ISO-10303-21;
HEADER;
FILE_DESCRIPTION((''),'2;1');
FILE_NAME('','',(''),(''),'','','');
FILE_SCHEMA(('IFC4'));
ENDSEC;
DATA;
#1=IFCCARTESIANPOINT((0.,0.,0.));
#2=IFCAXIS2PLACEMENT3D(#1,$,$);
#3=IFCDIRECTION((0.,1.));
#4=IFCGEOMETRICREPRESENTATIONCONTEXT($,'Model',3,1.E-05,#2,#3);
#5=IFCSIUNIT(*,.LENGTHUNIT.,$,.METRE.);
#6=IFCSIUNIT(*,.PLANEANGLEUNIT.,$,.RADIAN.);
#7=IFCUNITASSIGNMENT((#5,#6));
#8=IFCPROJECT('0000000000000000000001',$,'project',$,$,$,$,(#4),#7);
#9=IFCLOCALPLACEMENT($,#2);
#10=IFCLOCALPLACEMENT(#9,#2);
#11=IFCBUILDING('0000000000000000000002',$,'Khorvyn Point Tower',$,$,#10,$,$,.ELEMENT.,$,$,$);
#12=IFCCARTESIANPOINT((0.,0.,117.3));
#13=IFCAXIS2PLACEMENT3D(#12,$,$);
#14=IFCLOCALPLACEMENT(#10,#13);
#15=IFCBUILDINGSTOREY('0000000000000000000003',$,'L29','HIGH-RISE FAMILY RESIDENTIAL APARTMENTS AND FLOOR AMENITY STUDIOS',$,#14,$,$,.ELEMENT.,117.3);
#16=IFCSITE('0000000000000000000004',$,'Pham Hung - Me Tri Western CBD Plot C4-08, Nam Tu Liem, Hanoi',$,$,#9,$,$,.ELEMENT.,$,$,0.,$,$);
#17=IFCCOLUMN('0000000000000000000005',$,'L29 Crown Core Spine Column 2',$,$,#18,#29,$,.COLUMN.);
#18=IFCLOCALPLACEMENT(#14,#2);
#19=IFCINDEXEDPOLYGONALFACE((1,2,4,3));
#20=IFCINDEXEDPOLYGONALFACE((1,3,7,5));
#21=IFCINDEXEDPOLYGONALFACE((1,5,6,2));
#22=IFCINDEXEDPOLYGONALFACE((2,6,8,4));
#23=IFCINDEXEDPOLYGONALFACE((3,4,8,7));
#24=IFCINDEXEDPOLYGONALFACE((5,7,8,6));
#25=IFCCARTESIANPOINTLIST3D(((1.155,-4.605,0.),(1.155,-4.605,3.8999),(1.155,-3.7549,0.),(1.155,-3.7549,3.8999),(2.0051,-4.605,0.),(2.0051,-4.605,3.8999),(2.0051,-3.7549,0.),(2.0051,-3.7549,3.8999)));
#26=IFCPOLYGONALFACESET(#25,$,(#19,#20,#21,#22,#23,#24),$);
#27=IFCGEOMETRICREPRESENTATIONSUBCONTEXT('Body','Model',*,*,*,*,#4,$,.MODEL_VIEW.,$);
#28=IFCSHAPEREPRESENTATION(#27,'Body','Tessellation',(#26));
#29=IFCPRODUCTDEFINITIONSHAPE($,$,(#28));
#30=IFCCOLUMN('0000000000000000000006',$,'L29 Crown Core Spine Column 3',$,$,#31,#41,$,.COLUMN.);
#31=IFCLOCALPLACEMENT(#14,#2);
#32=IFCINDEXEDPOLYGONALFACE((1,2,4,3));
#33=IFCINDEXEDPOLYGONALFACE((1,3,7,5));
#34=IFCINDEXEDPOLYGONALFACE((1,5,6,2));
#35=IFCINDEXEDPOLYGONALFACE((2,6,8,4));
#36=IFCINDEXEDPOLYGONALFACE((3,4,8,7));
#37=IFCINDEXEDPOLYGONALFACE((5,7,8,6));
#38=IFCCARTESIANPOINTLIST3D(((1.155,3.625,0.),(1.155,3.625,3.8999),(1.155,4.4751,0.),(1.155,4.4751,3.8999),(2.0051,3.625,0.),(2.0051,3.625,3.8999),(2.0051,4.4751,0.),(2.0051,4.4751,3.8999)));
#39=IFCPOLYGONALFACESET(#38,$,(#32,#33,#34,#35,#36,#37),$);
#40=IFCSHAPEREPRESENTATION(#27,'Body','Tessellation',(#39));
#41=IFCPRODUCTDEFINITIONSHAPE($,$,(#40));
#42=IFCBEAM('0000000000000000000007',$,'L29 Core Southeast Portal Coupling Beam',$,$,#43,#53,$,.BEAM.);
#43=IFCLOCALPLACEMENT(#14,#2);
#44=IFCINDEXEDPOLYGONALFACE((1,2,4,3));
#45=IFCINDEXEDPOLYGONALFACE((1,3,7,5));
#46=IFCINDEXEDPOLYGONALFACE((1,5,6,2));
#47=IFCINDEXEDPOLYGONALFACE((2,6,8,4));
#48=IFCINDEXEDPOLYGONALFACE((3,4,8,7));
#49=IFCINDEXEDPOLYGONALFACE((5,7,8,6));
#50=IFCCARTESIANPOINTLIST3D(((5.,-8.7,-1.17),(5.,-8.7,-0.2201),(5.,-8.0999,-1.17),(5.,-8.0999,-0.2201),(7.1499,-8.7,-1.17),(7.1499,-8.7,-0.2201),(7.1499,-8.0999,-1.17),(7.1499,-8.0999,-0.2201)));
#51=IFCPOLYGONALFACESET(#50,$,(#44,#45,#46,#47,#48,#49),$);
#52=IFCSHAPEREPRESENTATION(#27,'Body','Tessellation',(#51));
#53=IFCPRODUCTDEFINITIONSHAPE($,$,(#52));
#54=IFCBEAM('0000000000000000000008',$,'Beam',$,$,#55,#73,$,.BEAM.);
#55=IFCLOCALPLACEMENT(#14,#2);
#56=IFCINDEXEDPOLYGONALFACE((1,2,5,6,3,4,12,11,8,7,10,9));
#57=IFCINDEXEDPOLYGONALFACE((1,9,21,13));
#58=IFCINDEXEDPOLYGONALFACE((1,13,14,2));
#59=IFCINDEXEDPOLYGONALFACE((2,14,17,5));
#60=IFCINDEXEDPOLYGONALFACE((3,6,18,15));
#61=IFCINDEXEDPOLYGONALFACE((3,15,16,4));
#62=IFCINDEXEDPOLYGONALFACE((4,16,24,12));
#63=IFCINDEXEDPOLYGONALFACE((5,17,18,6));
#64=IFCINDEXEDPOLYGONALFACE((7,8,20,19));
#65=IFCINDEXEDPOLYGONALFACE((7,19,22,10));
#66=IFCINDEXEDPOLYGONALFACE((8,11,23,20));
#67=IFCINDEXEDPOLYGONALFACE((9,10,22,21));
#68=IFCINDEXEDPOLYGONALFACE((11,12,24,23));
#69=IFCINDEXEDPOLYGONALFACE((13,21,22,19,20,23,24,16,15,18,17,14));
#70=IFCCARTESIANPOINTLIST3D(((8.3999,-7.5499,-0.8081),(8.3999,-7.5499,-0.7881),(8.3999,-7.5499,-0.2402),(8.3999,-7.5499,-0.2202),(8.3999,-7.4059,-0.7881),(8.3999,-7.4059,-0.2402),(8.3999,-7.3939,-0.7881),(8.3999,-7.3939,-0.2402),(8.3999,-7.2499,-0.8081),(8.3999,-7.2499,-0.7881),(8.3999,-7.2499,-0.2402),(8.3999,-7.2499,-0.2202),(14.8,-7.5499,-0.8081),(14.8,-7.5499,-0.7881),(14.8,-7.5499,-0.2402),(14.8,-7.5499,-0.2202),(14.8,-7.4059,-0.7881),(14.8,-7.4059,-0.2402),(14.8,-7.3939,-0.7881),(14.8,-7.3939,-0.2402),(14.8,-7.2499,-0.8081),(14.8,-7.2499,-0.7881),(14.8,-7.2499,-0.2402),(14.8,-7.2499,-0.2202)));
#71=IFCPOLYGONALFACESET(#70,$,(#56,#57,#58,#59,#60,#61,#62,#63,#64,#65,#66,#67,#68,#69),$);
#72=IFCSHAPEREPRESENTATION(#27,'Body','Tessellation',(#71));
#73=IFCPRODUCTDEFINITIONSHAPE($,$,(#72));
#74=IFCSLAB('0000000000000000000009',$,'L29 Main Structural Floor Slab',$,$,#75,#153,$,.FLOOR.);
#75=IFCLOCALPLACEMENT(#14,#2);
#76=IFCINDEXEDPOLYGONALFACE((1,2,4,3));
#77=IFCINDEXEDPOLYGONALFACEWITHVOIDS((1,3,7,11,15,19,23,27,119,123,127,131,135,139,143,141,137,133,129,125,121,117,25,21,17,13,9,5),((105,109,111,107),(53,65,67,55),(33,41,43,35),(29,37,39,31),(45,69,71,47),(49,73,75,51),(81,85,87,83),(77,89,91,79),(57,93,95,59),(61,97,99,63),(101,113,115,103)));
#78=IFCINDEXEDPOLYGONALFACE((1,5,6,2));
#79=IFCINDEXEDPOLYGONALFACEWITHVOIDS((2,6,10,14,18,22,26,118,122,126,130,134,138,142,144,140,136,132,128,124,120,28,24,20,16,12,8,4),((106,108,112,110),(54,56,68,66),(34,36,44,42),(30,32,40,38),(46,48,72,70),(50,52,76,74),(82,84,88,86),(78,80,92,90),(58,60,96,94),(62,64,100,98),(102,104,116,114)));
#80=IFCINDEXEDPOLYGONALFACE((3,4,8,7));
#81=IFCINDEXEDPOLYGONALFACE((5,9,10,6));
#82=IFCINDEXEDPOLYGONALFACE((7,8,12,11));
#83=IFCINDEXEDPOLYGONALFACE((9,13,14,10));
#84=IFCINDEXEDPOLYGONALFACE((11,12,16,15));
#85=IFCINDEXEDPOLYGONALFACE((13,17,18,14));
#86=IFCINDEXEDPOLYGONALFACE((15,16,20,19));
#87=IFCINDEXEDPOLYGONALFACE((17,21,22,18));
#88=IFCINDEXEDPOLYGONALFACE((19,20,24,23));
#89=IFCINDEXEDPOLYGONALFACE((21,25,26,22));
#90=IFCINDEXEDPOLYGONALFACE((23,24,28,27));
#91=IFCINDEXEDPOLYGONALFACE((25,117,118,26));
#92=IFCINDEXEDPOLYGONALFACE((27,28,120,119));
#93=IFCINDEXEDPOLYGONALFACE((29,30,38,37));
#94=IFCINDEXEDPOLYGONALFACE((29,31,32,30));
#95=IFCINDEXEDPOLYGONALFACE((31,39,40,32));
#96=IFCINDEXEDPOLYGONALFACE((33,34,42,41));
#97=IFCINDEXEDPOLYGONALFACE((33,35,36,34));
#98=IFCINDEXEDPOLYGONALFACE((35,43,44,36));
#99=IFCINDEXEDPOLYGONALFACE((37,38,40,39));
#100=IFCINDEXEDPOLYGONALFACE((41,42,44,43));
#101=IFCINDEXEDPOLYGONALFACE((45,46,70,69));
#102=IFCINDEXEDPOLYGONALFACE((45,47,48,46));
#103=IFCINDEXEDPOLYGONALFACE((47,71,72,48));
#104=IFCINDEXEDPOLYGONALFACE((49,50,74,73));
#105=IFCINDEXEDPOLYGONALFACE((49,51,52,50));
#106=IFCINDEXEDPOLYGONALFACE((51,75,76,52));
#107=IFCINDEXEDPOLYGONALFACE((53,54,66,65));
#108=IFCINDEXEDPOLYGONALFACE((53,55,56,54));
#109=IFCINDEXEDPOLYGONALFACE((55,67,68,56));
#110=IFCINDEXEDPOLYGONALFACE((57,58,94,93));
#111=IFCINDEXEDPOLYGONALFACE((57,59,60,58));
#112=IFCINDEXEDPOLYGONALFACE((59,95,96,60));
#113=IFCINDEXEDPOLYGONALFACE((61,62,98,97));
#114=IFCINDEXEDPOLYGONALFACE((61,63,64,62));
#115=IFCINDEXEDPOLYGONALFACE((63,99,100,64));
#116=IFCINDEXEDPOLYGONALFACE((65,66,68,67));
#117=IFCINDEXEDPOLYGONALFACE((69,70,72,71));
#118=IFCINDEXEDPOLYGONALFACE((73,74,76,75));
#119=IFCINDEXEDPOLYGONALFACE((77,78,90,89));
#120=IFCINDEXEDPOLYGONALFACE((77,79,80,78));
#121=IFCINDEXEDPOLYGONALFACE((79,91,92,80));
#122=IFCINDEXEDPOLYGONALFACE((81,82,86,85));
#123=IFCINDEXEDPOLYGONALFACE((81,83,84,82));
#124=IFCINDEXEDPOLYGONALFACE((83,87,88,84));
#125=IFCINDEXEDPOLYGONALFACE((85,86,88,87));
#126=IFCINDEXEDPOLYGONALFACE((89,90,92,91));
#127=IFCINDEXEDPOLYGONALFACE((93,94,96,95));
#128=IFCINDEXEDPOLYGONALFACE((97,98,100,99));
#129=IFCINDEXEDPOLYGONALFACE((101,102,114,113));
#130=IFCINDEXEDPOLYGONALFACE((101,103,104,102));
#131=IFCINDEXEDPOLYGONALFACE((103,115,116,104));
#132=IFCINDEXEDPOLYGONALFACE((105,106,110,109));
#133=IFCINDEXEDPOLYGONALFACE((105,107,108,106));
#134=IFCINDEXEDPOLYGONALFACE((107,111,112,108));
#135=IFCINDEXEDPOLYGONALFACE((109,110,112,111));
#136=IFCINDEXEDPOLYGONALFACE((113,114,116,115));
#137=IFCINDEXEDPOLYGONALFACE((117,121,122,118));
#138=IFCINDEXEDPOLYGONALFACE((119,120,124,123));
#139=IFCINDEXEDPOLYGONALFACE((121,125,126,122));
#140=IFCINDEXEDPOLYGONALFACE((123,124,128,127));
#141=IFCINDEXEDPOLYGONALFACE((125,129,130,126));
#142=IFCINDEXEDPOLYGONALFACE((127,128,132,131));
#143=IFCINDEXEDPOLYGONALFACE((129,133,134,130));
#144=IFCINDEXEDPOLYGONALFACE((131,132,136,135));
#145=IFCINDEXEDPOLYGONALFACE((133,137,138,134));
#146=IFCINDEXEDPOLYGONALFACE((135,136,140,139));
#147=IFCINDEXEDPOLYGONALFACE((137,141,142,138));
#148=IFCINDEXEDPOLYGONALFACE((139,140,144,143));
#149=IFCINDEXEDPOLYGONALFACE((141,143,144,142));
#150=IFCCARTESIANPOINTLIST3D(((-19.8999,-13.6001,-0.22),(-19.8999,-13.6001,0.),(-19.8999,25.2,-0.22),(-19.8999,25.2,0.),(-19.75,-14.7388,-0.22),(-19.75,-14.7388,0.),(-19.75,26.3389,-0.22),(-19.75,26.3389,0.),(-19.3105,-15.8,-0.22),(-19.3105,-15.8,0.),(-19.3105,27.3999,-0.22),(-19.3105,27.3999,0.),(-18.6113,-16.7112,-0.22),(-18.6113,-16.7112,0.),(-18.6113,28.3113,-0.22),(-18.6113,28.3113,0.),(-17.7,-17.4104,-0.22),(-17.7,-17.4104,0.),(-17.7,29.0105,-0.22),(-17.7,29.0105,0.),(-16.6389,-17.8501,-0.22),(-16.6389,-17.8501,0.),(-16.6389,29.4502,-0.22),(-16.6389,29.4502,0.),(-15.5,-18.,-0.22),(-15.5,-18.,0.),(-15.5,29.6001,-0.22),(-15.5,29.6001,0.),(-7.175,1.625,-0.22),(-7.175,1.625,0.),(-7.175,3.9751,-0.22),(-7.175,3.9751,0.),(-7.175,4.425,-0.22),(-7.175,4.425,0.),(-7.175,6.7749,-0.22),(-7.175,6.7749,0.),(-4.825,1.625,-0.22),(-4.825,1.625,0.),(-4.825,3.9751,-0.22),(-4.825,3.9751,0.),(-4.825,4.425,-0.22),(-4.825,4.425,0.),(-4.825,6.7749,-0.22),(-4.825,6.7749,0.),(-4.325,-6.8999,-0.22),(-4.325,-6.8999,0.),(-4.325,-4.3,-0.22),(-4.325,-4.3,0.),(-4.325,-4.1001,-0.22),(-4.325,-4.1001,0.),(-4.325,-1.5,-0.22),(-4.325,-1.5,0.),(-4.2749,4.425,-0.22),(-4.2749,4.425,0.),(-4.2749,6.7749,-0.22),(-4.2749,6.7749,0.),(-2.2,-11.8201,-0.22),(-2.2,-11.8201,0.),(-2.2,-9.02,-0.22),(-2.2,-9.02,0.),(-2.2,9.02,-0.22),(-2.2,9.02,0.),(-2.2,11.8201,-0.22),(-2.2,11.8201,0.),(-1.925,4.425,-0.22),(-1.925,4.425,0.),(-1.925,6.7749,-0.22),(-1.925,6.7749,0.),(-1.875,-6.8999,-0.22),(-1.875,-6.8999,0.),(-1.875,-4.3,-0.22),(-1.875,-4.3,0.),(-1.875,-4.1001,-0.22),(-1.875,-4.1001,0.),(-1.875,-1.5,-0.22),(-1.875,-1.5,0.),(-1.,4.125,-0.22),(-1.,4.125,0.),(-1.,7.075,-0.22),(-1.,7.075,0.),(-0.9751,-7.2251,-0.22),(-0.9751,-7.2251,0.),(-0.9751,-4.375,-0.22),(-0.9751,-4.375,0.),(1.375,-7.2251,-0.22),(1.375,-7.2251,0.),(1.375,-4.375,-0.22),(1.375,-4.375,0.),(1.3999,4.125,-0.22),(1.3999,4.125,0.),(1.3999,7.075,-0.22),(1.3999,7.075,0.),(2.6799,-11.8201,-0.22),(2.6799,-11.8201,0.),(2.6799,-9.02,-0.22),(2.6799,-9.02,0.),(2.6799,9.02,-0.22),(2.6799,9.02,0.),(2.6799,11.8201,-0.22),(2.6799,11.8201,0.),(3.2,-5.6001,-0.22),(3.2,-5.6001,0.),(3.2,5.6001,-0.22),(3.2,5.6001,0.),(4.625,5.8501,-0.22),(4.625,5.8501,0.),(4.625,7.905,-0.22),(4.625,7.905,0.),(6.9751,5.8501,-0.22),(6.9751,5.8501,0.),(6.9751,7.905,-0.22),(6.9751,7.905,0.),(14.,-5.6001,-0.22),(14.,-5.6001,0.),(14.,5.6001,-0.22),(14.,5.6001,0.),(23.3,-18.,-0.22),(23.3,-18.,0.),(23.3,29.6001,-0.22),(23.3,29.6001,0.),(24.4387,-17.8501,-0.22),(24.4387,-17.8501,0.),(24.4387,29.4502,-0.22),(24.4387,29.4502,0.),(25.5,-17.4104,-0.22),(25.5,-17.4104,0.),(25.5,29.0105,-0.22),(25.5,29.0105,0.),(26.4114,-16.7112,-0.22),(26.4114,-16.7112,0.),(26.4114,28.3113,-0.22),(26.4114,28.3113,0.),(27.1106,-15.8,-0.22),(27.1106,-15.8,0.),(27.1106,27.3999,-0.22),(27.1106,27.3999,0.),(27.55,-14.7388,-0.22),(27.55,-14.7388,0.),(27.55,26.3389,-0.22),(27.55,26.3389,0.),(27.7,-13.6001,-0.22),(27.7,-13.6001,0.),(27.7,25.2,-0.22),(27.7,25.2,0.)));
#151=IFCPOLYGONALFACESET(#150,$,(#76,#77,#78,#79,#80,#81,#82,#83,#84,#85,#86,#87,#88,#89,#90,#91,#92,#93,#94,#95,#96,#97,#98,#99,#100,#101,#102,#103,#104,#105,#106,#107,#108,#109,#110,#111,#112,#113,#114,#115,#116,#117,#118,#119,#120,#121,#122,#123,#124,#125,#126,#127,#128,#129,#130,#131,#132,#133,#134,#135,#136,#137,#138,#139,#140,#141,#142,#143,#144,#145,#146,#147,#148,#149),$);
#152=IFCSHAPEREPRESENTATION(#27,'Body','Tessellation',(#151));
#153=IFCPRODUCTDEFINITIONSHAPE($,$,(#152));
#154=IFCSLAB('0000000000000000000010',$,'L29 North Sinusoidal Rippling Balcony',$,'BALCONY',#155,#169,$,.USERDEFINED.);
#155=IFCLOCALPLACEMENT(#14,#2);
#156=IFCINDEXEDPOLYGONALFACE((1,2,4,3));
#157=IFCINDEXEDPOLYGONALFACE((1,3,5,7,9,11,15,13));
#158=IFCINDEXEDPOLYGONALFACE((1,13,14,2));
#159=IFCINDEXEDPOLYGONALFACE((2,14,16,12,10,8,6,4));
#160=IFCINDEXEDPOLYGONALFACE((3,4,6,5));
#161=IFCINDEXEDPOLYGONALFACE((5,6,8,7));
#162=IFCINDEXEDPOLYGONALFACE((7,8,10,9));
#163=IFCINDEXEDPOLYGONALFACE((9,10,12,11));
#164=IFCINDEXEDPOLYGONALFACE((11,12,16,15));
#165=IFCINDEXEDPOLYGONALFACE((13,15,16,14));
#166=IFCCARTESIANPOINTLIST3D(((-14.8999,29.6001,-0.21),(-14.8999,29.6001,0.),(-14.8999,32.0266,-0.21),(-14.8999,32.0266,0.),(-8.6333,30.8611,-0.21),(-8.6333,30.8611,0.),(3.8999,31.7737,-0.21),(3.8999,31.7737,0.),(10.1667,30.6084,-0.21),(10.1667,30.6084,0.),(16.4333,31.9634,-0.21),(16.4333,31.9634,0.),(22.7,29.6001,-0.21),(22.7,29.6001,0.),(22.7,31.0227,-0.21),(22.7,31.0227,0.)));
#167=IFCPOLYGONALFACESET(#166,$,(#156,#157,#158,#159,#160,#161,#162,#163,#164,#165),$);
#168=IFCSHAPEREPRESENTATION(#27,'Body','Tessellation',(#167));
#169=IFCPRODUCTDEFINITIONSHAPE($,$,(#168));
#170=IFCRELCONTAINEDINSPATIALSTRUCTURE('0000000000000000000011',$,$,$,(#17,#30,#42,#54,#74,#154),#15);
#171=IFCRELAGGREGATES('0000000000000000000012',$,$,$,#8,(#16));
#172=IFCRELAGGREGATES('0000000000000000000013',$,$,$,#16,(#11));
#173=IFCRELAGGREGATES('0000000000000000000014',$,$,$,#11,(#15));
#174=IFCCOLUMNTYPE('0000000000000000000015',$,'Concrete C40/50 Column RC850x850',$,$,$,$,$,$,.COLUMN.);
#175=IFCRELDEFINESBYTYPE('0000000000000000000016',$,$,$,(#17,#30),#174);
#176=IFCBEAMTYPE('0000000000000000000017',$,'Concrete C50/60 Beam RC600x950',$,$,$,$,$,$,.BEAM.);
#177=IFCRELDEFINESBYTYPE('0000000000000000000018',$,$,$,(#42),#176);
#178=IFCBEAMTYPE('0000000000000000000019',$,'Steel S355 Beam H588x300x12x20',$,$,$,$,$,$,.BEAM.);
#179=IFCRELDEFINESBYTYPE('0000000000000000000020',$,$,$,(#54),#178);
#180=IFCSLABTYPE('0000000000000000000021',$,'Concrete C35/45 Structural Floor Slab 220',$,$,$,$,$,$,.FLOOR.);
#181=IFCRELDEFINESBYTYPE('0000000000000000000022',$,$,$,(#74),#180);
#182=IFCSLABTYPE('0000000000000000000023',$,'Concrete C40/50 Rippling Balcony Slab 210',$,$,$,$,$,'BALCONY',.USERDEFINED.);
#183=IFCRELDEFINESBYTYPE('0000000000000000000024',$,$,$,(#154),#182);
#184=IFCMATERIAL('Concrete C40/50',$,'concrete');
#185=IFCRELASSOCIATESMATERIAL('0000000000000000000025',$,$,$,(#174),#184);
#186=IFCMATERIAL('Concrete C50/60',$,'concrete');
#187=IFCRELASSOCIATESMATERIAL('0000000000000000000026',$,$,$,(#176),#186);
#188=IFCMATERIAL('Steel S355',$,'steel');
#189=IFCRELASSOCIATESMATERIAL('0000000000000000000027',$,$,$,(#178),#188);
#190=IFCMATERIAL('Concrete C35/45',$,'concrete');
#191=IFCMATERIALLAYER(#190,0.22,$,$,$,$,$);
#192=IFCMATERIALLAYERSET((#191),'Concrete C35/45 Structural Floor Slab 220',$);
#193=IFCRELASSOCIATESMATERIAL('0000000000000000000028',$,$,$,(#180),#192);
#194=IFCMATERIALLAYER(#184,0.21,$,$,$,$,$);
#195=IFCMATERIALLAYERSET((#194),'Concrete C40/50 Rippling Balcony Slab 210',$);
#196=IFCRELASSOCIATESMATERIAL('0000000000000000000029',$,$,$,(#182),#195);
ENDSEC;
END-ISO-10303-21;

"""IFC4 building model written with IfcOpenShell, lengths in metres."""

from ifc_helpers import new_model, si_unit, direction, frame, origin, origin_2d, place, context, subcontext, project, spatial, polyline, rectangle, i_section, outline, extrude, material, layer, layer_set, material_profile, profile_set, type_object, element, save


model = new_model("IFC4")

# Units and contexts
model_context = context("Model", 3, precision=1e-05, world=origin(), true_north=direction((0.0, 1.0)))
body_context = subcontext(model_context, "Body", "Model", "MODEL_VIEW")
ifc_project = project(units=[si_unit("LENGTHUNIT", "METRE"), si_unit("PLANEANGLEUNIT", "RADIAN")], contexts=[model_context])

# Site, building, storey
site_placement = place(None, origin())
site = spatial("IfcSite", under=ifc_project, at=site_placement, Name="Pham Hung - Me Tri Western CBD Plot C4-08, Nam Tu Liem, Hanoi", CompositionType="ELEMENT", RefElevation=0.0)
building_placement = place(site_placement, origin())
building = spatial("IfcBuilding", under=site, at=building_placement, Name="Khorvyn Point Tower", CompositionType="ELEMENT")
storey_placement = place(building_placement, frame((0.0, 0.0, 117.3)))
storey = spatial("IfcBuildingStorey", under=building, at=storey_placement, Name="L29", Description="HIGH-RISE FAMILY RESIDENTIAL APARTMENTS AND FLOOR AMENITY STUDIOS", CompositionType="ELEMENT", Elevation=117.3)

# Columns
ifc_material_1 = material(Name="Concrete C40/50", Category="concrete")
ifc_material_profile_1 = material_profile(ifc_material_1, rectangle(XDim=0.8501, YDim=0.8501, at=origin_2d()))
ifc_profile_set_1 = profile_set([ifc_material_profile_1], Name="Concrete C40/50 RC850x850")
column_type = type_object("IfcColumnType", Name="Concrete C40/50 Column RC850x850", PredefinedType="COLUMN", material=ifc_profile_set_1)
for number, where, z_axis, x_axis, name in (
    (1, (1.5801, -4.1799, 0.0), (0.0, 0.0, 1.0), (1.0, 0.0, 0.0), "L29 Crown Core Spine Column 2"),
    (2, (1.5801, 4.05, 0.0), (0.0, 0.0, 1.0), (1.0, 0.0, 0.0), "L29 Crown Core Spine Column 3"),
):
    element("IfcColumn", number, at=place(storey_placement, frame(where, z_axis=z_axis, x_axis=x_axis)), inside=storey, type_object=column_type, Name=name, PredefinedType="COLUMN", context=body_context, shape_type="SweptSolid", body=[
        extrude(rectangle(XDim=0.8501, YDim=0.8501, at=origin_2d()), origin(), (0.0, 0.0, 1.0), 3.8999),
    ])

# Beams
ifc_material_2 = material(Name="Concrete C50/60", Category="concrete")
ifc_material_profile_2 = material_profile(ifc_material_2, rectangle(XDim=0.6001, YDim=0.95, at=origin_2d()))
ifc_profile_set_2 = profile_set([ifc_material_profile_2], Name="Concrete C50/60 RC600x950")
beam_type_1 = type_object("IfcBeamType", Name="Concrete C50/60 Beam RC600x950", PredefinedType="BEAM", material=ifc_profile_set_2)
beam_1_placement = place(storey_placement, frame((5.0, -8.3999, -0.6951), z_axis=(1.0, 0.0, 0.0), x_axis=(0.0, 1.0, 0.0)))
element("IfcBeam", 3, at=beam_1_placement, inside=storey, type_object=beam_type_1, Name="L29 Core Southeast Portal Coupling Beam", PredefinedType="BEAM", context=body_context, shape_type="SweptSolid", body=[
    extrude(rectangle(XDim=0.6001, YDim=0.95, at=origin_2d()), origin(), (0.0, 0.0, 1.0), 2.1499),
])
ifc_material_3 = material(Name="Steel S355", Category="steel")
ifc_material_profile_3 = material_profile(ifc_material_3, i_section(OverallWidth=0.3, OverallDepth=0.5879, WebThickness=0.012, FlangeThickness=0.02, at=origin_2d()))
ifc_profile_set_3 = profile_set([ifc_material_profile_3], Name="Steel S355 H588x300x12x20")
beam_type_2 = type_object("IfcBeamType", Name="Steel S355 Beam H588x300x12x20", PredefinedType="BEAM", material=ifc_profile_set_3)
beam_2_placement = place(storey_placement, frame((8.3999, -7.3999, -0.5142), z_axis=(1.0, 0.0, 0.0), x_axis=(0.0, 1.0, 0.0)))
element("IfcBeam", 4, at=beam_2_placement, inside=storey, type_object=beam_type_2, Name="Beam", PredefinedType="BEAM", context=body_context, shape_type="SweptSolid", body=[
    extrude(i_section(OverallWidth=0.3, OverallDepth=0.5879, WebThickness=0.012, FlangeThickness=0.02, at=origin_2d()), origin(), (0.0, 0.0, 1.0), 6.4001),
])

# Slabs
ifc_material_4 = material(Name="Concrete C35/45", Category="concrete")
ifc_layer_1 = layer(ifc_material_4, 0.22)
ifc_layer_set_1 = layer_set([ifc_layer_1], Name="Concrete C35/45 Structural Floor Slab 220")
slab_type_1 = type_object("IfcSlabType", Name="Concrete C35/45 Structural Floor Slab 220", PredefinedType="FLOOR", material=ifc_layer_set_1)
slab_1_placement = place(storey_placement, frame((0.0, 0.0, -0.22)))
element("IfcSlab", 5, at=slab_1_placement, inside=storey, type_object=slab_type_1, Name="L29 Main Structural Floor Slab", PredefinedType="FLOOR", context=body_context, shape_type="SweptSolid", body=[
    extrude(outline(polyline([(-15.5, -18.0), (-16.6389, -17.8501), (-17.7, -17.4104), (-18.6113, -16.7112), (-19.3105, -15.8), (-19.75, -14.7388), (-19.8999, -13.6001), (-19.8999, 25.2), (-19.75, 26.3389), (-19.3105, 27.3999), (-18.6113, 28.3113), (-17.7, 29.0105), (-16.6389, 29.4502), (-15.5, 29.6001), (23.3, 29.6001), (24.4387, 29.4502), (25.5, 29.0105), (26.4114, 28.3113), (27.1106, 27.3999), (27.55, 26.3389), (27.7, 25.2), (27.7, -13.6001), (27.55, -14.7388), (27.1106, -15.8), (26.4114, -16.7112), (25.5, -17.4104), (24.4387, -17.8501), (23.3, -18.0), (-15.5, -18.0)]), holes=[polyline([(-1.875, -6.8999), (-1.875, -4.3), (-4.325, -4.3), (-4.325, -6.8999), (-1.875, -6.8999)]), polyline([(-1.875, -4.1001), (-1.875, -1.5), (-4.325, -1.5), (-4.325, -4.1001), (-1.875, -4.1001)]), polyline([(-4.825, 1.625), (-4.825, 3.9751), (-7.175, 3.9751), (-7.175, 1.625), (-4.825, 1.625)]), polyline([(-7.175, 4.425), (-4.825, 4.425), (-4.825, 6.7749), (-7.175, 6.7749), (-7.175, 4.425)]), polyline([(-4.2749, 4.425), (-1.925, 4.425), (-1.925, 6.7749), (-4.2749, 6.7749), (-4.2749, 4.425)]), polyline([(1.3999, 4.125), (1.3999, 7.075), (-1.0, 7.075), (-1.0, 4.125), (1.3999, 4.125)]), polyline([(-2.2, -11.8201), (2.6799, -11.8201), (2.6799, -9.02), (-2.2, -9.02), (-2.2, -11.8201)]), polyline([(-0.9751, -7.2251), (1.375, -7.2251), (1.375, -4.375), (-0.9751, -4.375), (-0.9751, -7.2251)]), polyline([(14.0, -5.6001), (14.0, 5.6001), (3.2, 5.6001), (3.2, -5.6001), (14.0, -5.6001)]), polyline([(4.625, 5.8501), (6.9751, 5.8501), (6.9751, 7.905), (4.625, 7.905), (4.625, 5.8501)]), polyline([(-2.2, 9.02), (2.6799, 9.02), (2.6799, 11.8201), (-2.2, 11.8201), (-2.2, 9.02)])]), origin(), (0.0, 0.0, 1.0), 0.22),
])
ifc_layer_2 = layer(ifc_material_1, 0.21)
ifc_layer_set_2 = layer_set([ifc_layer_2], Name="Concrete C40/50 Rippling Balcony Slab 210")
slab_type_2 = type_object("IfcSlabType", Name="Concrete C40/50 Rippling Balcony Slab 210", ElementType="BALCONY", PredefinedType="USERDEFINED", material=ifc_layer_set_2)
slab_2_placement = place(storey_placement, frame((0.0, 0.0, -0.21)))
element("IfcSlab", 6, at=slab_2_placement, inside=storey, type_object=slab_type_2, Name="L29 North Sinusoidal Rippling Balcony", ObjectType="BALCONY", PredefinedType="USERDEFINED", context=body_context, shape_type="SweptSolid", body=[
    extrude(outline(polyline([(22.7, 29.6001), (22.7, 31.0227), (16.4333, 31.9634), (10.1667, 30.6084), (3.8999, 31.7737), (-8.6333, 30.8611), (-14.8999, 32.0266), (-14.8999, 29.6001), (22.7, 29.6001)])), origin(), (0.0, 0.0, 1.0), 0.21),
])

save(model, "model.ifc")
